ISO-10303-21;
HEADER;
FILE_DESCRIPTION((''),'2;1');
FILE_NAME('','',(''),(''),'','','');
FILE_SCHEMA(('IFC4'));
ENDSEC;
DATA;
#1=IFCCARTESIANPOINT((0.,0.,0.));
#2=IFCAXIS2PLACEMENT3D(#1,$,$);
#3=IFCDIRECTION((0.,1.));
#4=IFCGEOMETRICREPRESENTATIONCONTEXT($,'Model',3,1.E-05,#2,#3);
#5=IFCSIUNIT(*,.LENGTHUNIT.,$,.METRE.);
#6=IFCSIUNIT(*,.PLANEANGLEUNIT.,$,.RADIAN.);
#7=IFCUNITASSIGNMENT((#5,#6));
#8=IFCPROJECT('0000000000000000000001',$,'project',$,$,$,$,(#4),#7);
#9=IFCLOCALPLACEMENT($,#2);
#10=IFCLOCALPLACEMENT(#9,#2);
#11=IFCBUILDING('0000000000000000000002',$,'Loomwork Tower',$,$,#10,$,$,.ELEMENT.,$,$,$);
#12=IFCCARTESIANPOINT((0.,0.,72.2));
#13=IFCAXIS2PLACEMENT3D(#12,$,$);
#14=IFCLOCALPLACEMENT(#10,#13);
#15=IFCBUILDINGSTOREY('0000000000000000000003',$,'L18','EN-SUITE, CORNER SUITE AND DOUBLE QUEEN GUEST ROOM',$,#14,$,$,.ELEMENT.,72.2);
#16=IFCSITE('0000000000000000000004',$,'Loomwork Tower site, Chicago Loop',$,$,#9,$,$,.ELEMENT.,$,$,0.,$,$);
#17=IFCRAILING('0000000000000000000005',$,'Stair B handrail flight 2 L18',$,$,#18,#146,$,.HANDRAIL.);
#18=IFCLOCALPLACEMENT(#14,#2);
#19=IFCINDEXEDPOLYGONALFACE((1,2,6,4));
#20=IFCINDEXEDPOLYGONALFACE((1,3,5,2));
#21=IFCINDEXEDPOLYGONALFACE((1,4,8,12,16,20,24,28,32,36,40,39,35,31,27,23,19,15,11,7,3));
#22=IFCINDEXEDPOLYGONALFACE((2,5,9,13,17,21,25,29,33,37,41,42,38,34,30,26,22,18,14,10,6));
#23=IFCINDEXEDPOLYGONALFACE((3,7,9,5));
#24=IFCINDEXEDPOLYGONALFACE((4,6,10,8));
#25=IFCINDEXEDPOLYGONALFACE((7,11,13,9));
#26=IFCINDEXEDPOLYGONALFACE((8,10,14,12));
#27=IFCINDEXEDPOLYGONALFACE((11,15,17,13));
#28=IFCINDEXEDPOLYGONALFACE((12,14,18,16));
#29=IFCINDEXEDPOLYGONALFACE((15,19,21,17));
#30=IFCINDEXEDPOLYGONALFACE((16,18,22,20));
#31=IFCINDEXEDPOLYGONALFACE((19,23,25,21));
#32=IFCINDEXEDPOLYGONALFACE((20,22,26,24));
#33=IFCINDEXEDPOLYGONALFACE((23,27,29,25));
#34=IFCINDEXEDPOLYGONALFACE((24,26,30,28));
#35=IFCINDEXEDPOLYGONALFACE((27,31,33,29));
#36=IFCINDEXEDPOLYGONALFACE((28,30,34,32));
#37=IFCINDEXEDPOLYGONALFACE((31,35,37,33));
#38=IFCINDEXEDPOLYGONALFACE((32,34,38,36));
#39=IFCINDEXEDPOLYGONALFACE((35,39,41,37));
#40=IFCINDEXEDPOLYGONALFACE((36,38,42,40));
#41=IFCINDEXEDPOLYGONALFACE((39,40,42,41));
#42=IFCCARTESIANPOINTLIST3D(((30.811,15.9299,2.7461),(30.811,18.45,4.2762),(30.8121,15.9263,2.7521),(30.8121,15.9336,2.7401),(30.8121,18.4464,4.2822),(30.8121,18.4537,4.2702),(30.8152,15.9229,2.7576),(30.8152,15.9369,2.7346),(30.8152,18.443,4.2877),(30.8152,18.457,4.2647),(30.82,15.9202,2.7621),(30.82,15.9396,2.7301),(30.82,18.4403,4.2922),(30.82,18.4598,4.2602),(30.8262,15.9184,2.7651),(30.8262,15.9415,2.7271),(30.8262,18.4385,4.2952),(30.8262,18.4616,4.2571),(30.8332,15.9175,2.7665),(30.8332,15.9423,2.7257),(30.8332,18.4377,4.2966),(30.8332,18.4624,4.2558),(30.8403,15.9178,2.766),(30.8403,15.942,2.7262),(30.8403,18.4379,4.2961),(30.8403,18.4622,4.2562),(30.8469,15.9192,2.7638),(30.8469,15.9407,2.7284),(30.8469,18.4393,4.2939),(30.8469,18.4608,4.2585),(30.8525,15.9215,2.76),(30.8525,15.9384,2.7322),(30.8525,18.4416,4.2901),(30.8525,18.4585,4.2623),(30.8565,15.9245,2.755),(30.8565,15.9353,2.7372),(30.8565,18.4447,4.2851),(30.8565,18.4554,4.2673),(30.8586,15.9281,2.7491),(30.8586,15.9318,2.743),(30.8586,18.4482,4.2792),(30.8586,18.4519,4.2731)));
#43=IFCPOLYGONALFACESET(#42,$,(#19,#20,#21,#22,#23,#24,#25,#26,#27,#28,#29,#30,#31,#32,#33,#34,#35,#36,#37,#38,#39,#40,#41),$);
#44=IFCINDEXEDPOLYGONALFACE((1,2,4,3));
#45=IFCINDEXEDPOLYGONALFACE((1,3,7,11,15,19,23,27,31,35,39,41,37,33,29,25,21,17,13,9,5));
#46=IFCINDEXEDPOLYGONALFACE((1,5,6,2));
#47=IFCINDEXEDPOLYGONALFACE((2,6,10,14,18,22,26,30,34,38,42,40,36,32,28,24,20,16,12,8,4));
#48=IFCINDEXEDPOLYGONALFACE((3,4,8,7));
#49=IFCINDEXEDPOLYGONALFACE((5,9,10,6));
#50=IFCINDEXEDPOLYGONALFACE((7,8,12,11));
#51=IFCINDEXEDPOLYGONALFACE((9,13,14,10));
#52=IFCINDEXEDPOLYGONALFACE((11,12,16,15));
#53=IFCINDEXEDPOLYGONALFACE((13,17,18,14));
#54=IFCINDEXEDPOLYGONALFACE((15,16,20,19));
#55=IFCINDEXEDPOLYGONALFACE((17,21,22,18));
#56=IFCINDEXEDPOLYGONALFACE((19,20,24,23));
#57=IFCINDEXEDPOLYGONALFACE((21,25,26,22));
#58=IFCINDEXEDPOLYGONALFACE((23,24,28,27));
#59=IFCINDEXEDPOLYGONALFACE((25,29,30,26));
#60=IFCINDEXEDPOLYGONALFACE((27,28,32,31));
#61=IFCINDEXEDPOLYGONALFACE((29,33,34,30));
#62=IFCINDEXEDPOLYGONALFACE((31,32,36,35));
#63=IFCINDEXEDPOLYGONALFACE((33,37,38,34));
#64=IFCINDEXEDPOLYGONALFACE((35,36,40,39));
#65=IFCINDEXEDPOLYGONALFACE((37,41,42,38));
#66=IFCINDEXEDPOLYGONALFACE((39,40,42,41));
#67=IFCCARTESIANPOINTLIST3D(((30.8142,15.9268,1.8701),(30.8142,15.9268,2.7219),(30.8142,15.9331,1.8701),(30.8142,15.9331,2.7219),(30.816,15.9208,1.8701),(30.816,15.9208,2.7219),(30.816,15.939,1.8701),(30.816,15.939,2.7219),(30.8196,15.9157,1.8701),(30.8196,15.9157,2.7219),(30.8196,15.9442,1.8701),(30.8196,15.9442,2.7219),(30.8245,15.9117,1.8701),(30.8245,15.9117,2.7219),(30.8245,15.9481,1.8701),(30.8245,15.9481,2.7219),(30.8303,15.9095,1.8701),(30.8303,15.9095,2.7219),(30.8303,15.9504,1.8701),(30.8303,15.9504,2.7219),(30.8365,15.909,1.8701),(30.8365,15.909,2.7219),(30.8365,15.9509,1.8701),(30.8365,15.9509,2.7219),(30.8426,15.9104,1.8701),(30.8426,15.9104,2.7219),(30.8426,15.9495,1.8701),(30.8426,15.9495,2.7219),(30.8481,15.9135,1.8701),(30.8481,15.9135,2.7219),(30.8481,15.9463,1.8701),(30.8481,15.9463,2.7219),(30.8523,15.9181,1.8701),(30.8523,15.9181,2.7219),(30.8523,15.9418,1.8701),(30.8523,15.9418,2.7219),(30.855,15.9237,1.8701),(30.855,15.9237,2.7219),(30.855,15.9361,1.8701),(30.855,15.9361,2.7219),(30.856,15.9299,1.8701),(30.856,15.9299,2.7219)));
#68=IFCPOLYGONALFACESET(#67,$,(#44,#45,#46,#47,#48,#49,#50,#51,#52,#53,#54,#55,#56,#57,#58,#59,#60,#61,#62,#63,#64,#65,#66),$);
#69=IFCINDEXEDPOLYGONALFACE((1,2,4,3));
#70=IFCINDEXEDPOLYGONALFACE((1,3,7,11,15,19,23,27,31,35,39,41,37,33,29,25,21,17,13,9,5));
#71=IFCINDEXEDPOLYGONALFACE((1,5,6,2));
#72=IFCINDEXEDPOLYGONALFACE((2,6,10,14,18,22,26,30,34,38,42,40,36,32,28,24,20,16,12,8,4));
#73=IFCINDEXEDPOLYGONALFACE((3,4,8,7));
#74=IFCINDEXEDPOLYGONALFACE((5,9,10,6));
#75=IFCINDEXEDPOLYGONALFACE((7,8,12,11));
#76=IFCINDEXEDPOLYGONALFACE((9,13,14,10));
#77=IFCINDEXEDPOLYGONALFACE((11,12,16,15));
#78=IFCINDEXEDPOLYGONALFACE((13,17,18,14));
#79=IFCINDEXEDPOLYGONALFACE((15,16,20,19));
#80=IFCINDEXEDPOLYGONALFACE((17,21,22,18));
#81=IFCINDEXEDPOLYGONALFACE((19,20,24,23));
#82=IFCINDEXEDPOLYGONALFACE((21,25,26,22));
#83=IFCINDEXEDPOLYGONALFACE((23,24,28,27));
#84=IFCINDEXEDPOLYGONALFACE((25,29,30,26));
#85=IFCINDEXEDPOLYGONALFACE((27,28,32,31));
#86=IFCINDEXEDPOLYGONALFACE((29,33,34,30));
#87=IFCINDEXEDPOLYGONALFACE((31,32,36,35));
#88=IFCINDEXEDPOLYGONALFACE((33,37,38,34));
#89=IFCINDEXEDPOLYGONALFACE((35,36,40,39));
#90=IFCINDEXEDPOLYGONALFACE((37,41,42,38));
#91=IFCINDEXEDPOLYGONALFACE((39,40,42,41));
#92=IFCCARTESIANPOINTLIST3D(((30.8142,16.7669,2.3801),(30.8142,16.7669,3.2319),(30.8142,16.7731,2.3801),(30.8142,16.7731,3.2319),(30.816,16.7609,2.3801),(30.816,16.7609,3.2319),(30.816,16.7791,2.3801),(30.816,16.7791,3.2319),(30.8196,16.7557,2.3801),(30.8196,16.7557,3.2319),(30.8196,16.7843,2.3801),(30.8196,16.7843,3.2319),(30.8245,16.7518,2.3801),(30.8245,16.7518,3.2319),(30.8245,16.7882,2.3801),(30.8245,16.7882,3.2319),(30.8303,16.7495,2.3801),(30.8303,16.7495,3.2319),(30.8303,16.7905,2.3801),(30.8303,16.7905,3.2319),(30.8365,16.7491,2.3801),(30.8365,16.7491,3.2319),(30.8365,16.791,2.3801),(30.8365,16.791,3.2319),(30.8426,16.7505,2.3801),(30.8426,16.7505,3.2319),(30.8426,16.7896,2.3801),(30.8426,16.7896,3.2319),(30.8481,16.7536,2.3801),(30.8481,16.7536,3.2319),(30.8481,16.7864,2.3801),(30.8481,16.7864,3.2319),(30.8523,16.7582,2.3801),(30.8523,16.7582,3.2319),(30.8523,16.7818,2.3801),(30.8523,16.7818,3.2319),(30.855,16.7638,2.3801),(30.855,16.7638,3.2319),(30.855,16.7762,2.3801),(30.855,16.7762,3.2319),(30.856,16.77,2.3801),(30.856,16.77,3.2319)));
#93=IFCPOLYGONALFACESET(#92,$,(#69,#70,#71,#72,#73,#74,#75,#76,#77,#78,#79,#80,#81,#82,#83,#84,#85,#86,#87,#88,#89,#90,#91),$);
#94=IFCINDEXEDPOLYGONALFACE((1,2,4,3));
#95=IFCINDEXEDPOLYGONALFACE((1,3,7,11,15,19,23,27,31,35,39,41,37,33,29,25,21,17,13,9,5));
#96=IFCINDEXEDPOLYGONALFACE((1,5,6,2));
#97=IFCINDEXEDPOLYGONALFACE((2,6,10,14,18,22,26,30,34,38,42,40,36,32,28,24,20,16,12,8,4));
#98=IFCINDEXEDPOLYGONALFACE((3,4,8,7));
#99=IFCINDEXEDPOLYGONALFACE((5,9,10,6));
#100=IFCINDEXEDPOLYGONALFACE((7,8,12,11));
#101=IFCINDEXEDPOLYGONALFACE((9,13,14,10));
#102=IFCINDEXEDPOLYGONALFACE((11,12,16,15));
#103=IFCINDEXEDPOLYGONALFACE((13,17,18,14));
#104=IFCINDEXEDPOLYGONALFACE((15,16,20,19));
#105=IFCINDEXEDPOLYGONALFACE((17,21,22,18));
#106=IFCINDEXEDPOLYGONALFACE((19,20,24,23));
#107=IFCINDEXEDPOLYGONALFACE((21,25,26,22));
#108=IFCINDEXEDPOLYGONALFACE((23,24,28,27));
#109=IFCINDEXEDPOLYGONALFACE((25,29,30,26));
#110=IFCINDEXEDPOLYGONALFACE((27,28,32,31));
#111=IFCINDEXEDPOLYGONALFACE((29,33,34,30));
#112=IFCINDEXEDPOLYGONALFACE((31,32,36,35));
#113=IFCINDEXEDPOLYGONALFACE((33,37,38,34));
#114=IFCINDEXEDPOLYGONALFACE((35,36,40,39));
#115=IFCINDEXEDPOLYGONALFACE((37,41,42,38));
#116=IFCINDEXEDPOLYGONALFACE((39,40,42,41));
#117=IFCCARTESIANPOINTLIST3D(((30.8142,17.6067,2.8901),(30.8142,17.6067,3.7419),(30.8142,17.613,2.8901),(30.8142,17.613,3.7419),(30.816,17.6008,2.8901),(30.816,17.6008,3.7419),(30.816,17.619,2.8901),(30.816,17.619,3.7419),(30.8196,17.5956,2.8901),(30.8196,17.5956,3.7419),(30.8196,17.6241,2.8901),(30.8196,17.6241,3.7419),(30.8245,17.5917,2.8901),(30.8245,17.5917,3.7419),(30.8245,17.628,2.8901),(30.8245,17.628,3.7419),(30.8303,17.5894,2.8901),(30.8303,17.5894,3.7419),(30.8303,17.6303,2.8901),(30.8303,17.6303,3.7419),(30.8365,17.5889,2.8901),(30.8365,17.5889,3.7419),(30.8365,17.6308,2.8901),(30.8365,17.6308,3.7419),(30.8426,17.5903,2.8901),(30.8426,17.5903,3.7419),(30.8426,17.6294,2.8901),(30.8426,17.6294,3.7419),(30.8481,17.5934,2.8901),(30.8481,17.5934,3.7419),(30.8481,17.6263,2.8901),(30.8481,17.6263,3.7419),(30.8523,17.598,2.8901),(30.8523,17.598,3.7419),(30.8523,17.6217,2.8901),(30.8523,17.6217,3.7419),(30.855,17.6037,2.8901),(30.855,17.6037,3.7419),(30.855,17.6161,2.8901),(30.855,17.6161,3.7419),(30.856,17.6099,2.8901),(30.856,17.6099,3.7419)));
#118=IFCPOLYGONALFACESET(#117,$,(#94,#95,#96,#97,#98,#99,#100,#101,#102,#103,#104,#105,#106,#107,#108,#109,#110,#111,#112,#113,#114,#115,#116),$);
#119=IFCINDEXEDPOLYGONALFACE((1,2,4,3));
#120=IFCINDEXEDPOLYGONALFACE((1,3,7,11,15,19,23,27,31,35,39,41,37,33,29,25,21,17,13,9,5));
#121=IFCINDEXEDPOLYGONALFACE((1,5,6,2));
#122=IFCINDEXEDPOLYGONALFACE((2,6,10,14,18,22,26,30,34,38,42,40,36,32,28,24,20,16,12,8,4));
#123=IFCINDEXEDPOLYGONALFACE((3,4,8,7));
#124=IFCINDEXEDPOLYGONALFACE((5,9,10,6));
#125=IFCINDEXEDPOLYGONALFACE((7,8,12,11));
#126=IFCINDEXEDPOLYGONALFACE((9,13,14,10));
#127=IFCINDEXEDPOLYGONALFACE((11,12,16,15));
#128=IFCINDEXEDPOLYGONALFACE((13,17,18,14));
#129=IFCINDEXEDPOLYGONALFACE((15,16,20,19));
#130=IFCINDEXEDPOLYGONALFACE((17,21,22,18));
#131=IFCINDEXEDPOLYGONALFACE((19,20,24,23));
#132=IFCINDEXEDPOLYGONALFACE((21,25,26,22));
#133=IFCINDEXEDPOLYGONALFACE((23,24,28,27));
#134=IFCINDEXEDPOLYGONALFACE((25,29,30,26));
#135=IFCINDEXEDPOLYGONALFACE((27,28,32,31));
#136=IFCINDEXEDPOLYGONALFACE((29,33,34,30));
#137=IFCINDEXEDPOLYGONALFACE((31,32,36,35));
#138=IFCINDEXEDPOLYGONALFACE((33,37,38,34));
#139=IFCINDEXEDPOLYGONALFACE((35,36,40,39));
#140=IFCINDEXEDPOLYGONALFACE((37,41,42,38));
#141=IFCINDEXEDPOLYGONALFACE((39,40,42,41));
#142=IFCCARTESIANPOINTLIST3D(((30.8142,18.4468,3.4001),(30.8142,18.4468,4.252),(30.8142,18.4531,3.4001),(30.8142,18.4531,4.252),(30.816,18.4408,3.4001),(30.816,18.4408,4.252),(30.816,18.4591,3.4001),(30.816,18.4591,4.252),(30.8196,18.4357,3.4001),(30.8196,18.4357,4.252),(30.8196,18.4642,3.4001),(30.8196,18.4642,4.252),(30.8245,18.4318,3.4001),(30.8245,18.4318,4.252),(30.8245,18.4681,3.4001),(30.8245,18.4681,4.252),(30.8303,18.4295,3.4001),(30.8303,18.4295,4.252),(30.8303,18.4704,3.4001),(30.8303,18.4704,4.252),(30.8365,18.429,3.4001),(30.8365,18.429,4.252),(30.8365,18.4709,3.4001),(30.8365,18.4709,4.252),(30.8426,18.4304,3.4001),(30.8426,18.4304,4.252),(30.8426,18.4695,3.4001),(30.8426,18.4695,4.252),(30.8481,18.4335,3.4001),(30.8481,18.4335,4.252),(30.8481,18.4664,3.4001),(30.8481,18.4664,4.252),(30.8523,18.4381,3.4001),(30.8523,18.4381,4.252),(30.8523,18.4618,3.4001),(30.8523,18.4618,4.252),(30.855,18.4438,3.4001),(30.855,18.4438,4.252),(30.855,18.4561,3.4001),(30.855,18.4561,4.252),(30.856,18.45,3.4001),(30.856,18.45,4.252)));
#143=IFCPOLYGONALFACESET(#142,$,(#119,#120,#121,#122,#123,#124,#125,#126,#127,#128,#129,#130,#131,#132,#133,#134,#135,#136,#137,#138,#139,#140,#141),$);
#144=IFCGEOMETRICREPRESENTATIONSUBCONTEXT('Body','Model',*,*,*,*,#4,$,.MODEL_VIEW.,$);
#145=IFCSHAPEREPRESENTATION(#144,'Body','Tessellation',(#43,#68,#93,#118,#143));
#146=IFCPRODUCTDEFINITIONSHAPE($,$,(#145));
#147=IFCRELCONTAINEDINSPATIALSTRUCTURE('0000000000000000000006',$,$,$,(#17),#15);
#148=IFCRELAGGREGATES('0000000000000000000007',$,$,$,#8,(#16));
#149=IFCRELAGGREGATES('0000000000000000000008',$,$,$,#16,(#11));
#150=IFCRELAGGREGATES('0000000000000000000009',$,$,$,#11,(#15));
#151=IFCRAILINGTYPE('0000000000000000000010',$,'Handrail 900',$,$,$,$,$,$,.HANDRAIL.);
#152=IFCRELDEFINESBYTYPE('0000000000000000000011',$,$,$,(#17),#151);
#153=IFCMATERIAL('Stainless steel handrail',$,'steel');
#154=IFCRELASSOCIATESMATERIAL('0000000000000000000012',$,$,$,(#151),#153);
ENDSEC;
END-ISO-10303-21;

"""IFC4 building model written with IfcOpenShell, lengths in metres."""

from ifc_helpers import new_model, si_unit, direction, frame, origin, origin_2d, place, context, subcontext, project, spatial, circle, extrude, material, type_object, element, save


model = new_model("IFC4")

# Units and contexts
model_context = context("Model", 3, precision=1e-05, world=origin(), true_north=direction((0.0, 1.0)))
body_context = subcontext(model_context, "Body", "Model", "MODEL_VIEW")
ifc_project = project(units=[si_unit("LENGTHUNIT", "METRE"), si_unit("PLANEANGLEUNIT", "RADIAN")], contexts=[model_context])

# Site, building, storey
site_placement = place(None, origin())
site = spatial("IfcSite", under=ifc_project, at=site_placement, Name="Loomwork Tower site, Chicago Loop", CompositionType="ELEMENT", RefElevation=0.0)
building_placement = place(site_placement, origin())
building = spatial("IfcBuilding", under=site, at=building_placement, Name="Loomwork Tower", CompositionType="ELEMENT")
storey_placement = place(building_placement, frame((0.0, 0.0, 72.2)))
storey = spatial("IfcBuildingStorey", under=building, at=storey_placement, Name="L18", Description="EN-SUITE, CORNER SUITE AND DOUBLE QUEEN GUEST ROOM", CompositionType="ELEMENT", Elevation=72.2)

# Railing
ifc_material_1 = material(Name="Stainless steel handrail", Category="steel")
railing_type = type_object("IfcRailingType", Name="Handrail 900", PredefinedType="HANDRAIL", material=ifc_material_1)
railing_placement = place(storey_placement, frame((30.835, 15.9299, 1.8701)))
element("IfcRailing", 1, at=railing_placement, inside=storey, type_object=railing_type, Name="Stair B handrail flight 2 L18", PredefinedType="HANDRAIL", context=body_context, shape_type="SweptSolid", body=[
    extrude(circle(Radius=0.0239, at=origin_2d()), frame((0.0, 0.0, 0.876), z_axis=(0.0, 0.854785, 0.518982), x_axis=(-1.0, 0.0, 0.0)), (0.0, 0.0, 1.0), 2.9482),
    extrude(circle(Radius=0.021, at=origin_2d()), origin(), (0.0, 0.0, 1.0), 0.8518),
    extrude(circle(Radius=0.021, at=origin_2d()), frame((0.0, 0.8401, 0.51)), (0.0, 0.0, 1.0), 0.8518),
    extrude(circle(Radius=0.021, at=origin_2d()), frame((0.0, 1.6799, 1.02)), (0.0, 0.0, 1.0), 0.8518),
    extrude(circle(Radius=0.021, at=origin_2d()), frame((0.0, 2.52, 1.53)), (0.0, 0.0, 1.0), 0.8518),
])

save(model, "model.ifc")
